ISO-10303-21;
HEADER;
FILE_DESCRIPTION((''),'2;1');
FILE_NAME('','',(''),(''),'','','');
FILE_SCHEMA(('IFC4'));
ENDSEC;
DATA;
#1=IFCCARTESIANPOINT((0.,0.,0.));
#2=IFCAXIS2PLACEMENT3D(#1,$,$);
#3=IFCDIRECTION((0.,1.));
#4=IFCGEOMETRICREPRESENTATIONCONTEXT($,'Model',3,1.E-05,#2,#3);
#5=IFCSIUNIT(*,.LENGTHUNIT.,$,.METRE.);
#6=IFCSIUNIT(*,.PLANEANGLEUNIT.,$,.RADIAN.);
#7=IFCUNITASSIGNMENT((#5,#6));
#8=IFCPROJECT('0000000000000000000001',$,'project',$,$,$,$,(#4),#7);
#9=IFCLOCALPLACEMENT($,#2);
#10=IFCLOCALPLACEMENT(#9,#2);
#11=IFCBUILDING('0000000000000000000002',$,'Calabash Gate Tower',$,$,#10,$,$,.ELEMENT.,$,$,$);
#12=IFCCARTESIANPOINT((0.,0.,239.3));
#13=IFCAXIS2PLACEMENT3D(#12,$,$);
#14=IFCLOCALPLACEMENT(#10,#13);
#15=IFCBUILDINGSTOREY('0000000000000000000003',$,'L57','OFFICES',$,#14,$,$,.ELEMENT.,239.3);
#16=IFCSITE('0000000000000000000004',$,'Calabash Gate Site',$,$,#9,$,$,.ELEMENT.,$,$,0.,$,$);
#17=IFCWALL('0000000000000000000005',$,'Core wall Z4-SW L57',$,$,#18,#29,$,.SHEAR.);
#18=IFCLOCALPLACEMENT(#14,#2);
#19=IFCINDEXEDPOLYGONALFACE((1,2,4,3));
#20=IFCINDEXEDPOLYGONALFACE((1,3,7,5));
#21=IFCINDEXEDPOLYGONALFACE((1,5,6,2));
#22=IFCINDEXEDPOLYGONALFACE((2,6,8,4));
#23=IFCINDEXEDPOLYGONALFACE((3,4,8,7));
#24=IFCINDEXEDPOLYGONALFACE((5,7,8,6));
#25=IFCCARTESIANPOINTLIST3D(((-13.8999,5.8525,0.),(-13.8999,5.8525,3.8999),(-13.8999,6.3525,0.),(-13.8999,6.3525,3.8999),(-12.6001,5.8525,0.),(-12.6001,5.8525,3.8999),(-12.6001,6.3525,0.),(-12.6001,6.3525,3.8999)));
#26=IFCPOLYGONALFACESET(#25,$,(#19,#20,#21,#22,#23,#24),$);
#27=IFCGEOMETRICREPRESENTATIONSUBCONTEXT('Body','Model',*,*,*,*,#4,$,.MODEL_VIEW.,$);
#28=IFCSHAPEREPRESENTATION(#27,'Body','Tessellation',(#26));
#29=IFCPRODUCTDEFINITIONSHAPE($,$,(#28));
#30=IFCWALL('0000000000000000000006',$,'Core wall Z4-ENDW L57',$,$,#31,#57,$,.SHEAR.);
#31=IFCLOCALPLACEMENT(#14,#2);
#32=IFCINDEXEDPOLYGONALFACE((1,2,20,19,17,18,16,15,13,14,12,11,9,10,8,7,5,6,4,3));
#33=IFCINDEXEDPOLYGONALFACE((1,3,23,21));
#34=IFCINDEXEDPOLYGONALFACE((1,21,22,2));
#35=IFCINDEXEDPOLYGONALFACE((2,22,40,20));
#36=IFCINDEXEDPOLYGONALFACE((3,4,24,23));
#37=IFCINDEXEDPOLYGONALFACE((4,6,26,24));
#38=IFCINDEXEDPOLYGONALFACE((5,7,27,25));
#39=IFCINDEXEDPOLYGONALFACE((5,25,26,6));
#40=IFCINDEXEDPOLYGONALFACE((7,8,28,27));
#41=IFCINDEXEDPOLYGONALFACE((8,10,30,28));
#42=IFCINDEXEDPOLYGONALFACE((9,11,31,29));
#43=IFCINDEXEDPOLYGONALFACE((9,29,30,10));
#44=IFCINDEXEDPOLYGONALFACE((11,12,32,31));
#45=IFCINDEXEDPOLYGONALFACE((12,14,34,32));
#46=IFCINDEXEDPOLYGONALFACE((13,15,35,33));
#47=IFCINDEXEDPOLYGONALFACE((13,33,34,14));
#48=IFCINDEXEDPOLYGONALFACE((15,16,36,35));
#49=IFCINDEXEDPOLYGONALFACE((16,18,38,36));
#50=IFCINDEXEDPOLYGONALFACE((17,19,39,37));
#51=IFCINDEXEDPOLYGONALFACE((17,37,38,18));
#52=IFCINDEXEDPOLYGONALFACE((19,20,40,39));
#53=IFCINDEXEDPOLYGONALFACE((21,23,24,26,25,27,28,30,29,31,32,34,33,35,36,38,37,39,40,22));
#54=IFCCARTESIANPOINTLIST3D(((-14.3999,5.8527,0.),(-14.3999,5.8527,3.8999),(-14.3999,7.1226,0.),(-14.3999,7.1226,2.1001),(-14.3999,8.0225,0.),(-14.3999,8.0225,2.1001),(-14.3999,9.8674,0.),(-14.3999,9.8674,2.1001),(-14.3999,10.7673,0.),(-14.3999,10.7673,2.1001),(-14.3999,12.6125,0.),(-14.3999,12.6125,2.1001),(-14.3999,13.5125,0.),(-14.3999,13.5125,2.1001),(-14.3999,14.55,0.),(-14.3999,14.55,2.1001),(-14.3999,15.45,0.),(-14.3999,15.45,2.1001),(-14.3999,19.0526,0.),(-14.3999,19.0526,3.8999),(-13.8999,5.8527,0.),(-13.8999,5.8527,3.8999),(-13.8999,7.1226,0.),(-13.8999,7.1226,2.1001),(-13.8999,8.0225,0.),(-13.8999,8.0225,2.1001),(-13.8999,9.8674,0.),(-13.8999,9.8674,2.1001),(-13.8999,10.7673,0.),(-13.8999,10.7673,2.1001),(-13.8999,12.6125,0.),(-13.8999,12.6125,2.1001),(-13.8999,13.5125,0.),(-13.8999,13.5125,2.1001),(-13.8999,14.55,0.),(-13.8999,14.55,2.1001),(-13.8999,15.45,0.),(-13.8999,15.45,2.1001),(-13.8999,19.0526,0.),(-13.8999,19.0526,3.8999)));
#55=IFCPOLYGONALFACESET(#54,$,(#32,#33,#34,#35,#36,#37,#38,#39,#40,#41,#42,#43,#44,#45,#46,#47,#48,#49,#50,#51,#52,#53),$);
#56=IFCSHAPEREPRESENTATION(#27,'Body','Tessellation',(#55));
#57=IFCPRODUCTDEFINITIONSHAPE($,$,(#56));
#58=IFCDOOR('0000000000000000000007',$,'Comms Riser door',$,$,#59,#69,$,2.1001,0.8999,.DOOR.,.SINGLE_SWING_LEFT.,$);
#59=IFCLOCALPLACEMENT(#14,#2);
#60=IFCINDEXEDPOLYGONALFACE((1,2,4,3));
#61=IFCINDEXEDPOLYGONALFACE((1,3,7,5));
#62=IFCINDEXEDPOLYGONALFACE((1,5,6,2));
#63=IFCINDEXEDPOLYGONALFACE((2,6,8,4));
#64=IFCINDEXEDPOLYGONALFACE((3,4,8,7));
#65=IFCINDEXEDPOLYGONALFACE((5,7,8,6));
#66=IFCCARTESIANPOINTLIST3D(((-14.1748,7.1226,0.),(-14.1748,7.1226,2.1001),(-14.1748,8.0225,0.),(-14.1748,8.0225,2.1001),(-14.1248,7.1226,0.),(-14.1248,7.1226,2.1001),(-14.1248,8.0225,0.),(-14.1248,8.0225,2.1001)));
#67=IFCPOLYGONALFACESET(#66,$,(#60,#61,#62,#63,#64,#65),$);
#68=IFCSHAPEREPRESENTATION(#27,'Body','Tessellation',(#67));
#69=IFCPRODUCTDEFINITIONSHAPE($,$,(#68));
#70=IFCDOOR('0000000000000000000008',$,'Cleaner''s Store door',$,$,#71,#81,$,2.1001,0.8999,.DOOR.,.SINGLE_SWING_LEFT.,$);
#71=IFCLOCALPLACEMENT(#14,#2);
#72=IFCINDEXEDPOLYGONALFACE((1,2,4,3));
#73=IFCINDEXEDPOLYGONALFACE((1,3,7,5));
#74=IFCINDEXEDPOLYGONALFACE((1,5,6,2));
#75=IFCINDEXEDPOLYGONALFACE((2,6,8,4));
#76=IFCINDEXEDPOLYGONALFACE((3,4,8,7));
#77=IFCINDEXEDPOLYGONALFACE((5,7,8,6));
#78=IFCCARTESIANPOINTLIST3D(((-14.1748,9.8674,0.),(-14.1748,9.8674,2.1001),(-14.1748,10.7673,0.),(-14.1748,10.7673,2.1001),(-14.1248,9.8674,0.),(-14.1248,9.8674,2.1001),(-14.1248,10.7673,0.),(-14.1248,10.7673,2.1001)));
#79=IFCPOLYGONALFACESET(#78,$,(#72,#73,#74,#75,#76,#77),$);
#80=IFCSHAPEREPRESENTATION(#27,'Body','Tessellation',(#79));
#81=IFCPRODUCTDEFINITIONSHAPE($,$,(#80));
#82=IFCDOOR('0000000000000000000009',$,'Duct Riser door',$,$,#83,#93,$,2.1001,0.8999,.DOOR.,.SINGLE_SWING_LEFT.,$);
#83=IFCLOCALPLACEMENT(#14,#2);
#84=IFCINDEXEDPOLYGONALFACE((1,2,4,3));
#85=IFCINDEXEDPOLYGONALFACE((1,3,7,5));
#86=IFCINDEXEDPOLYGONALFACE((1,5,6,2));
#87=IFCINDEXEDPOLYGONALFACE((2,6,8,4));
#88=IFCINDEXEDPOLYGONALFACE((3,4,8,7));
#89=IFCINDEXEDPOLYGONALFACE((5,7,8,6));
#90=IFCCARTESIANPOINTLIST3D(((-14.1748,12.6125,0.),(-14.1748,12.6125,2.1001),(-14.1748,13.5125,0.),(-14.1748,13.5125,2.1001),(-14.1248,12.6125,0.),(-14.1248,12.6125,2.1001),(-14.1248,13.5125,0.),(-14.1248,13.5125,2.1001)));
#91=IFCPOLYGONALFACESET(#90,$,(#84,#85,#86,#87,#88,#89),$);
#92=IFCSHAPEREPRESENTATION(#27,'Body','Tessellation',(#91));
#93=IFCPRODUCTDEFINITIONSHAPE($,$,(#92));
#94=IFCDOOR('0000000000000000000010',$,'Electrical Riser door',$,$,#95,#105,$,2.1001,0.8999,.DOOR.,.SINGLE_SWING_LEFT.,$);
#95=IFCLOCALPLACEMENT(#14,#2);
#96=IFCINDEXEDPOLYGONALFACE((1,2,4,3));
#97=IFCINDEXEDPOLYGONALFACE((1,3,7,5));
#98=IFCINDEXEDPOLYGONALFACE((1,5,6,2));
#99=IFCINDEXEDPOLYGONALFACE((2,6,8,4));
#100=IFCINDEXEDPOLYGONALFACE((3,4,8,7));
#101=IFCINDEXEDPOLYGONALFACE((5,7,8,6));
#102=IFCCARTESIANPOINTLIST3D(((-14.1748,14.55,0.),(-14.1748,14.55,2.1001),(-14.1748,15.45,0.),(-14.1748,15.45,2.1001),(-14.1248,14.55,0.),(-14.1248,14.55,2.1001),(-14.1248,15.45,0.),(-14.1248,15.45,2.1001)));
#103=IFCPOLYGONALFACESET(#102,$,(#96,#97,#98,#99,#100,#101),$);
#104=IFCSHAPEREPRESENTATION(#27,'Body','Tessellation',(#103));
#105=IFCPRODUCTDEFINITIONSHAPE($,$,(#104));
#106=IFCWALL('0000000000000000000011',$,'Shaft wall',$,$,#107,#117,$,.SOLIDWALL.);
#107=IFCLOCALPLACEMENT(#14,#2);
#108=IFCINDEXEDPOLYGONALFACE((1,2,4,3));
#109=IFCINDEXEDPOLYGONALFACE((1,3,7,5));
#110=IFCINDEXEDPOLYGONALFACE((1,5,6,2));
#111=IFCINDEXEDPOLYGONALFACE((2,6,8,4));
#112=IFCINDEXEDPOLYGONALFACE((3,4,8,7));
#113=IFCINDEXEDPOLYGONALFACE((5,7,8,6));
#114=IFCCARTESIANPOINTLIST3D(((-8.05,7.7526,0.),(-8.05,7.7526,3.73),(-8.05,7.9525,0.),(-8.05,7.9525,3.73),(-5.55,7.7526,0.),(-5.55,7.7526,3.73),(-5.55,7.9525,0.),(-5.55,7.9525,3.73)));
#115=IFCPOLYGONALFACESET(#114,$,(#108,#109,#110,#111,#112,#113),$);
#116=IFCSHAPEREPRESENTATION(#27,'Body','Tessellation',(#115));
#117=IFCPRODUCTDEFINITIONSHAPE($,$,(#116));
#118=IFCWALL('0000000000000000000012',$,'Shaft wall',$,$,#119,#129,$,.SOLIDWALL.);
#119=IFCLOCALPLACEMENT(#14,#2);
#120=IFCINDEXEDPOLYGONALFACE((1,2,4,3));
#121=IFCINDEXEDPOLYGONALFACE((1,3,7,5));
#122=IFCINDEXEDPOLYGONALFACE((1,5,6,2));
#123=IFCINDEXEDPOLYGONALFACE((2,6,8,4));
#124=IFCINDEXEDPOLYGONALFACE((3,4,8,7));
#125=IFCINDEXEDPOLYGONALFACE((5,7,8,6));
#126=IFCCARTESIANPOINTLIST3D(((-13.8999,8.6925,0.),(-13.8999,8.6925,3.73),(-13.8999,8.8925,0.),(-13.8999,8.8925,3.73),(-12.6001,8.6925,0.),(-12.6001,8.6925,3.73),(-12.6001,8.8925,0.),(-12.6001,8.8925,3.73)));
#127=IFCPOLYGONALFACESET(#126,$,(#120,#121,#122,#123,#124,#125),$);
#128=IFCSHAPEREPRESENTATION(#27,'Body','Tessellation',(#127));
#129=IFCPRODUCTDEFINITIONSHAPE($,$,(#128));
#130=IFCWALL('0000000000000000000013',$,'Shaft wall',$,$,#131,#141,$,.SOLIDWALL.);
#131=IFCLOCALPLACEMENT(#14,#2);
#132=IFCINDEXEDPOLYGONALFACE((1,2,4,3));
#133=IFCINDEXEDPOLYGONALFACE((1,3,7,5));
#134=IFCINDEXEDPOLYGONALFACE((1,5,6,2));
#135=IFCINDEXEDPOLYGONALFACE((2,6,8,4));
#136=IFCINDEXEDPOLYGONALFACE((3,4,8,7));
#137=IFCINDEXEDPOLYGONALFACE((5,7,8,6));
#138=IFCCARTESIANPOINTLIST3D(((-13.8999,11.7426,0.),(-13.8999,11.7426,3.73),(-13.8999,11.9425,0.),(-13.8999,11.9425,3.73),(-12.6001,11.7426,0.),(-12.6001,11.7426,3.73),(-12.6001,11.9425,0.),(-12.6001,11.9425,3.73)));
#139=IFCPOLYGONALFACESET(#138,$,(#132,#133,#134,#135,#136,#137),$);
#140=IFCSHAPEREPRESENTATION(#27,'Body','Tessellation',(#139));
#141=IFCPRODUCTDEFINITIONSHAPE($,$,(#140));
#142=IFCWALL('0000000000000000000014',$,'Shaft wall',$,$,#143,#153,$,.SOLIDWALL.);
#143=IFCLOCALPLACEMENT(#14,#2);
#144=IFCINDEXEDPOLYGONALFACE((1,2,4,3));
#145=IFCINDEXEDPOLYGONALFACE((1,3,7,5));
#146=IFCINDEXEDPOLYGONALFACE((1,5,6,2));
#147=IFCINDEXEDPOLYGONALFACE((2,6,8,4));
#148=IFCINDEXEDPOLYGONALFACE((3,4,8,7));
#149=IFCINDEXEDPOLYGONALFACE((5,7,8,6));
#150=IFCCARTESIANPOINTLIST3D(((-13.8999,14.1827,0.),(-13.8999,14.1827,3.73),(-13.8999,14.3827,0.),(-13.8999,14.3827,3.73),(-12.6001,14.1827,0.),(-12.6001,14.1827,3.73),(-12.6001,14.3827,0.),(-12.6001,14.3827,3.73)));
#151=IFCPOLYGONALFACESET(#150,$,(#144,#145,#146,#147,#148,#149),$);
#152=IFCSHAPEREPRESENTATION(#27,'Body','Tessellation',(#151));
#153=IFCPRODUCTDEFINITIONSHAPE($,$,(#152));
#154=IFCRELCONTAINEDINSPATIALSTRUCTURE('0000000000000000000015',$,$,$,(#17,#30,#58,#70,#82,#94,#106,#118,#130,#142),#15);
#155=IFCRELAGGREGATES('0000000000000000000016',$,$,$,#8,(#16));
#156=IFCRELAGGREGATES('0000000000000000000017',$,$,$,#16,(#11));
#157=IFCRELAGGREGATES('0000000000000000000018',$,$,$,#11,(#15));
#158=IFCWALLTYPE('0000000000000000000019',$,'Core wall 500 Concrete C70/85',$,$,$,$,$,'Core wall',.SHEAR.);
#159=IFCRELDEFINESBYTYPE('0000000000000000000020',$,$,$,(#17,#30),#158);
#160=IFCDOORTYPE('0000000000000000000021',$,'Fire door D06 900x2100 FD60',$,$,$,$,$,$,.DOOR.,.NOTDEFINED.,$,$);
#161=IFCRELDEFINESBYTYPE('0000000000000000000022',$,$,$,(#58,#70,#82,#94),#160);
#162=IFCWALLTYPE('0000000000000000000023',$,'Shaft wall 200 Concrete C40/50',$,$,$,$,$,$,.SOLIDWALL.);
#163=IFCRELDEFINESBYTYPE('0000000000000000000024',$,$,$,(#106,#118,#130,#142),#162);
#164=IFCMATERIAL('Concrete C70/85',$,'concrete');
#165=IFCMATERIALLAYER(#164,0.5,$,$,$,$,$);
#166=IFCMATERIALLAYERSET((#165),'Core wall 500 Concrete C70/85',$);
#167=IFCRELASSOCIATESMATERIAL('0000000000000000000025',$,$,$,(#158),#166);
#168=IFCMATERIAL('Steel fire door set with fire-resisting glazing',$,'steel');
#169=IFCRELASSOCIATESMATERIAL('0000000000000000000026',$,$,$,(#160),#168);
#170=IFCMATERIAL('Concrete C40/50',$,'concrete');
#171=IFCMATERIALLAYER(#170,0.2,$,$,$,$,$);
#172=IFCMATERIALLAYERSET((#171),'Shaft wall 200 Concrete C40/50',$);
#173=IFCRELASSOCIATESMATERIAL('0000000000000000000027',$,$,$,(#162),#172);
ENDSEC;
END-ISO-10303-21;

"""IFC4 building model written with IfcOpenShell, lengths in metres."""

from ifc_helpers import new_model, si_unit, direction, frame, frame_2d, origin, place, context, subcontext, project, spatial, rectangle, extrude, material, layer, layer_set, type_object, element, fill, save


model = new_model("IFC4")

# Units and contexts
model_context = context("Model", 3, precision=1e-05, world=origin(), true_north=direction((0.0, 1.0)))
body_context = subcontext(model_context, "Body", "Model", "MODEL_VIEW")
ifc_project = project(units=[si_unit("LENGTHUNIT", "METRE"), si_unit("PLANEANGLEUNIT", "RADIAN")], contexts=[model_context])

# Site, building, storey
site_placement = place(None, origin())
site = spatial("IfcSite", under=ifc_project, at=site_placement, Name="Calabash Gate Site", CompositionType="ELEMENT", RefElevation=0.0)
building_placement = place(site_placement, origin())
building = spatial("IfcBuilding", under=site, at=building_placement, Name="Calabash Gate Tower", CompositionType="ELEMENT")
storey_placement = place(building_placement, frame((0.0, 0.0, 239.3)))
storey = spatial("IfcBuildingStorey", under=building, at=storey_placement, Name="L57", Description="OFFICES", CompositionType="ELEMENT", Elevation=239.3)

# Shared definitions
ifc_material_1 = material(Name="Concrete C70/85", Category="concrete")
ifc_layer_1 = layer(ifc_material_1, 0.5)
ifc_layer_set_1 = layer_set([ifc_layer_1], Name="Core wall 500 Concrete C70/85")
wall_type_1 = type_object("IfcWallType", Name="Core wall 500 Concrete C70/85", ElementType="Core wall", PredefinedType="SHEAR", material=ifc_layer_set_1)

# Wall
wall_1_placement = place(storey_placement, frame((-12.6001, 6.1025, 0.0), z_axis=(0.0, 0.0, 1.0), x_axis=(-1.0, 0.0, 0.0)))
element("IfcWall", 1, at=wall_1_placement, inside=storey, type_object=wall_type_1, Name="Core wall Z4-SW L57", PredefinedType="SHEAR", context=body_context, shape_type="SweptSolid", body=[
    extrude(rectangle(XDim=1.2998, YDim=0.5, at=frame_2d((0.6499, 0.0))), origin(), (0.0, 0.0, 1.0), 3.8999),
])

# Wall, openings, doors
wall_2_placement = place(storey_placement, frame((-14.1499, 5.8525, 0.0), z_axis=(0.0, 0.0, 1.0), x_axis=(0.0, 1.0, 0.0)))
wall_2 = element("IfcWall", 2, at=wall_2_placement, inside=storey, type_object=wall_type_1, Name="Core wall Z4-ENDW L57", PredefinedType="SHEAR", context=body_context, shape_type="SweptSolid", body=[
    extrude(rectangle(XDim=13.2, YDim=0.5, at=frame_2d((6.6001, 0.0))), origin(), (0.0, 0.0, 1.0), 3.8999),
])
opening_1_placement = place(wall_2_placement, frame((1.27, 0.0, 0.0)))
opening_1 = element("IfcOpeningElement", 3, at=opening_1_placement, cuts=wall_2, PredefinedType="OPENING", context=body_context, shape_type="SweptSolid", body=[
    extrude(rectangle(XDim=0.8999, YDim=2.1001, at=frame_2d((0.45, 1.05))), frame((0.0, 0.26, 0.0), z_axis=(0.0, -1.0, 0.0), x_axis=(1.0, 0.0, 0.0)), (0.0, 0.0, 1.0), 0.52),
])
opening_2_placement = place(wall_2_placement, frame((4.0149, 0.0, 0.0)))
opening_2 = element("IfcOpeningElement", 4, at=opening_2_placement, cuts=wall_2, PredefinedType="OPENING", context=body_context, shape_type="SweptSolid", body=[
    extrude(rectangle(XDim=0.8999, YDim=2.1001, at=frame_2d((0.45, 1.05))), frame((0.0, 0.26, 0.0), z_axis=(0.0, -1.0, 0.0), x_axis=(1.0, 0.0, 0.0)), (0.0, 0.0, 1.0), 0.52),
])
opening_3_placement = place(wall_2_placement, frame((6.76, 0.0, 0.0)))
opening_3 = element("IfcOpeningElement", 5, at=opening_3_placement, cuts=wall_2, PredefinedType="OPENING", context=body_context, shape_type="SweptSolid", body=[
    extrude(rectangle(XDim=0.8999, YDim=2.1001, at=frame_2d((0.45, 1.05))), frame((0.0, 0.26, 0.0), z_axis=(0.0, -1.0, 0.0), x_axis=(1.0, 0.0, 0.0)), (0.0, 0.0, 1.0), 0.52),
])
opening_4_placement = place(wall_2_placement, frame((8.6975, 0.0, 0.0)))
opening_4 = element("IfcOpeningElement", 6, at=opening_4_placement, cuts=wall_2, PredefinedType="OPENING", context=body_context, shape_type="SweptSolid", body=[
    extrude(rectangle(XDim=0.8999, YDim=2.1001, at=frame_2d((0.45, 1.05))), frame((0.0, 0.26, 0.0), z_axis=(0.0, -1.0, 0.0), x_axis=(1.0, 0.0, 0.0)), (0.0, 0.0, 1.0), 0.52),
])
ifc_material_2 = material(Name="Steel fire door set with fire-resisting glazing", Category="steel")
door_type_1 = type_object("IfcDoorType", Name="Fire door D06 900x2100 FD60", OperationType="NOTDEFINED", PredefinedType="DOOR", material=ifc_material_2)
door_1_placement = place(opening_1_placement, origin())
door_1 = element("IfcDoor", 7, at=door_1_placement, inside=storey, type_object=door_type_1, Name="Comms Riser door", OperationType="SINGLE_SWING_LEFT", OverallHeight=2.1001, OverallWidth=0.8999, PredefinedType="DOOR", context=body_context, shape_type="SweptSolid", body=[
    extrude(rectangle(XDim=0.8999, YDim=2.1001, at=frame_2d((0.45, 1.05))), frame((0.0, 0.0249, 0.0), z_axis=(0.0, -1.0, 0.0), x_axis=(1.0, 0.0, 0.0)), (0.0, 0.0, 1.0), 0.05),
])
fill(opening_1, door_1)
door_2_placement = place(opening_2_placement, origin())
door_2 = element("IfcDoor", 8, at=door_2_placement, inside=storey, type_object=door_type_1, Name="Cleaner's Store door", OperationType="SINGLE_SWING_LEFT", OverallHeight=2.1001, OverallWidth=0.8999, PredefinedType="DOOR", context=body_context, shape_type="SweptSolid", body=[
    extrude(rectangle(XDim=0.8999, YDim=2.1001, at=frame_2d((0.45, 1.05))), frame((0.0, 0.0249, 0.0), z_axis=(0.0, -1.0, 0.0), x_axis=(1.0, 0.0, 0.0)), (0.0, 0.0, 1.0), 0.05),
])
fill(opening_2, door_2)
door_3_placement = place(opening_3_placement, origin())
door_3 = element("IfcDoor", 9, at=door_3_placement, inside=storey, type_object=door_type_1, Name="Duct Riser door", OperationType="SINGLE_SWING_LEFT", OverallHeight=2.1001, OverallWidth=0.8999, PredefinedType="DOOR", context=body_context, shape_type="SweptSolid", body=[
    extrude(rectangle(XDim=0.8999, YDim=2.1001, at=frame_2d((0.45, 1.05))), frame((0.0, 0.0249, 0.0), z_axis=(0.0, -1.0, 0.0), x_axis=(1.0, 0.0, 0.0)), (0.0, 0.0, 1.0), 0.05),
])
fill(opening_3, door_3)
door_4_placement = place(opening_4_placement, origin())
door_4 = element("IfcDoor", 10, at=door_4_placement, inside=storey, type_object=door_type_1, Name="Electrical Riser door", OperationType="SINGLE_SWING_LEFT", OverallHeight=2.1001, OverallWidth=0.8999, PredefinedType="DOOR", context=body_context, shape_type="SweptSolid", body=[
    extrude(rectangle(XDim=0.8999, YDim=2.1001, at=frame_2d((0.45, 1.05))), frame((0.0, 0.0249, 0.0), z_axis=(0.0, -1.0, 0.0), x_axis=(1.0, 0.0, 0.0)), (0.0, 0.0, 1.0), 0.05),
])
fill(opening_4, door_4)

# Walls
ifc_material_3 = material(Name="Concrete C40/50", Category="concrete")
ifc_layer_2 = layer(ifc_material_3, 0.2)
ifc_layer_set_2 = layer_set([ifc_layer_2], Name="Shaft wall 200 Concrete C40/50")
wall_type_2 = type_object("IfcWallType", Name="Shaft wall 200 Concrete C40/50", PredefinedType="SOLIDWALL", material=ifc_layer_set_2)
wall_3_placement = place(storey_placement, frame((-8.05, 7.8525, 0.0), z_axis=(0.0, 0.0, 1.0), x_axis=(1.0, 0.0, 0.0)))
element("IfcWall", 11, at=wall_3_placement, inside=storey, type_object=wall_type_2, Name="Shaft wall", PredefinedType="SOLIDWALL", context=body_context, shape_type="SweptSolid", body=[
    extrude(rectangle(XDim=2.5, YDim=0.2, at=frame_2d((1.25, 0.0))), origin(), (0.0, 0.0, 1.0), 3.73),
])
for number, where, z_axis, x_axis, name in (
    (12, (-13.8999, 8.7925, 0.0), (0.0, 0.0, 1.0), (1.0, 0.0, 0.0), "Shaft wall"),
    (13, (-13.8999, 11.8425, 0.0), (0.0, 0.0, 1.0), (1.0, 0.0, 0.0), "Shaft wall"),
    (14, (-13.8999, 14.2827, 0.0), (0.0, 0.0, 1.0), (1.0, 0.0, 0.0), "Shaft wall"),
):
    element("IfcWall", number, at=place(storey_placement, frame(where, z_axis=z_axis, x_axis=x_axis)), inside=storey, type_object=wall_type_2, Name=name, PredefinedType="SOLIDWALL", context=body_context, shape_type="SweptSolid", body=[
        extrude(rectangle(XDim=1.2998, YDim=0.2, at=frame_2d((0.6499, 0.0))), origin(), (0.0, 0.0, 1.0), 3.73),
    ])

save(model, "model.ifc")
